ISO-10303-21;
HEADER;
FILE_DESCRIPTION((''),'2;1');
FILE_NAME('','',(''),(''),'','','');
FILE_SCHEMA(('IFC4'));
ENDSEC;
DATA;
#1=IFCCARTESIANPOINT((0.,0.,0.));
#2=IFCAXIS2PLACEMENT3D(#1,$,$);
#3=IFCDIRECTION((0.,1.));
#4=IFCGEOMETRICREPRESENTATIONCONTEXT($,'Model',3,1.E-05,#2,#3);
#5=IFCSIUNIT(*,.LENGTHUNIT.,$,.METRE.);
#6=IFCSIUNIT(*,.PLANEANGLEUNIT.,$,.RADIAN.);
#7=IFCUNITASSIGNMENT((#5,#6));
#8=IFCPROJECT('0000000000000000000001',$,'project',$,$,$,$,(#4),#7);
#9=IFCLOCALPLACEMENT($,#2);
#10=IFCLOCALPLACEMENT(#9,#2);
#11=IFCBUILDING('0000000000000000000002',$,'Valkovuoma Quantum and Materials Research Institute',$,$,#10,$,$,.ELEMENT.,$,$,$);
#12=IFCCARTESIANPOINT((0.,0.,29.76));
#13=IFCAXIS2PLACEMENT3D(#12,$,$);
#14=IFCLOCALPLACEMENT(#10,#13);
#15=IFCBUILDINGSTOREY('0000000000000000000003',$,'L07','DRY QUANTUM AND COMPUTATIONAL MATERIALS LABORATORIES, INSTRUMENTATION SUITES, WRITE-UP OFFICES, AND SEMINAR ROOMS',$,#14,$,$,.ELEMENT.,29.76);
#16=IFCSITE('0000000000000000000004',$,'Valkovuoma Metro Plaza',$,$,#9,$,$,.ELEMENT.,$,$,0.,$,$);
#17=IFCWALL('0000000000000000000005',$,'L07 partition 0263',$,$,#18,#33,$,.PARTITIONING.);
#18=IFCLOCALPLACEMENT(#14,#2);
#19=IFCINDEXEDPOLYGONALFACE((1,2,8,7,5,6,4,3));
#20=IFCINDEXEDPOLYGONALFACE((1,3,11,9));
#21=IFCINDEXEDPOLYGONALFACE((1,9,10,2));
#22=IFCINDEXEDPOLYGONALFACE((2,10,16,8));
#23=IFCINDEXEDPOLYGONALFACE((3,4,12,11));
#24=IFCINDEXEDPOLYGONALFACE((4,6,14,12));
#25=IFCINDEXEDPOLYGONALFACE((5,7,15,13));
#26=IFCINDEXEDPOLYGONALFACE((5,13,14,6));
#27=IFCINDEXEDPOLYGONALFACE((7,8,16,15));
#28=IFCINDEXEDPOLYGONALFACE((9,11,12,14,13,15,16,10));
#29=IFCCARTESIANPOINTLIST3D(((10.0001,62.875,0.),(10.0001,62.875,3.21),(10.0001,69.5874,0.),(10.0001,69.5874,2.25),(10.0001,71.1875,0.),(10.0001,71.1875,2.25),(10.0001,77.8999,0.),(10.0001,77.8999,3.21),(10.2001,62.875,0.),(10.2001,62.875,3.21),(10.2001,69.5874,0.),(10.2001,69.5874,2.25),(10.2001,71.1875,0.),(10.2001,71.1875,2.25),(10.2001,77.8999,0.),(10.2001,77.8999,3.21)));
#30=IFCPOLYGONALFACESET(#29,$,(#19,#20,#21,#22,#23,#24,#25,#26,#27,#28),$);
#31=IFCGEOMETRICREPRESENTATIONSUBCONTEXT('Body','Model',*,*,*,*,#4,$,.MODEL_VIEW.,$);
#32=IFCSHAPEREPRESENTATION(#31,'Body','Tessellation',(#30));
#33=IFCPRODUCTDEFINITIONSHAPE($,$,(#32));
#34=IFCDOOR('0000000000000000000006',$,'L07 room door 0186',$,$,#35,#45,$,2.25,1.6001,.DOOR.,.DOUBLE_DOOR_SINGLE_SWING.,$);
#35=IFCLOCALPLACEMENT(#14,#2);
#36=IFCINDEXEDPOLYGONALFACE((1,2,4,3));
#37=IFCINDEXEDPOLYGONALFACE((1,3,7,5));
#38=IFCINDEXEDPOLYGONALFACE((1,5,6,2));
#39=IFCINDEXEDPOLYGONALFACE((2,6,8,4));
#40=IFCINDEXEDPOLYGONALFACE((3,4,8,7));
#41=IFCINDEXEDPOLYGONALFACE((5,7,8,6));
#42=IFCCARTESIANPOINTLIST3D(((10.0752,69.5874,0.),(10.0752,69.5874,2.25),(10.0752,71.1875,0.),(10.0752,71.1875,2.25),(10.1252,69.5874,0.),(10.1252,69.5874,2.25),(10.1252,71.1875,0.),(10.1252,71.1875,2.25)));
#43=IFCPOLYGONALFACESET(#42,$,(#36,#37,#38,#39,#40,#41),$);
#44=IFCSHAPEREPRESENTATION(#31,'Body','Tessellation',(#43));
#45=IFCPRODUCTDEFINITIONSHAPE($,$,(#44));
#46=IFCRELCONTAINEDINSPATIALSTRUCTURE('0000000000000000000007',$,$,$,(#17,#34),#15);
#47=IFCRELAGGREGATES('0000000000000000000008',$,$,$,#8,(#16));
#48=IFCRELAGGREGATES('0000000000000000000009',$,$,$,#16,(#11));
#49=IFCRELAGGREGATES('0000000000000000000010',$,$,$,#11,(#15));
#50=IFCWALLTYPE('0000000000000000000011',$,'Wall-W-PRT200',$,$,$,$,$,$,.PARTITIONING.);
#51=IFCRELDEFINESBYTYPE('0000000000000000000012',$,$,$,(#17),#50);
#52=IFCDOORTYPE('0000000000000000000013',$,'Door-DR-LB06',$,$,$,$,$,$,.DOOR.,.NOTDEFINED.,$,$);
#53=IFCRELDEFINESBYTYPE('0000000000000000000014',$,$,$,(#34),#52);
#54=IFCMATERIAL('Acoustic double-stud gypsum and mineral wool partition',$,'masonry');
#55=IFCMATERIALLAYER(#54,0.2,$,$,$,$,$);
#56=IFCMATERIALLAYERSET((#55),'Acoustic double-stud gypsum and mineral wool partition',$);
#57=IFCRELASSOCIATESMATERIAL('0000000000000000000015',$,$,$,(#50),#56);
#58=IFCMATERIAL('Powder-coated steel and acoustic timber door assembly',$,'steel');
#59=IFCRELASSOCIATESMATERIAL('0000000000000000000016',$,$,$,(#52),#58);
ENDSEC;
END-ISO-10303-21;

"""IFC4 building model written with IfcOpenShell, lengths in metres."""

from ifc_helpers import new_model, si_unit, direction, frame, frame_2d, origin, place, context, subcontext, project, spatial, rectangle, extrude, material, layer, layer_set, type_object, element, fill, save


model = new_model("IFC4")

# Units and contexts
model_context = context("Model", 3, precision=1e-05, world=origin(), true_north=direction((0.0, 1.0)))
body_context = subcontext(model_context, "Body", "Model", "MODEL_VIEW")
ifc_project = project(units=[si_unit("LENGTHUNIT", "METRE"), si_unit("PLANEANGLEUNIT", "RADIAN")], contexts=[model_context])

# Site, building, storey
site_placement = place(None, origin())
site = spatial("IfcSite", under=ifc_project, at=site_placement, Name="Valkovuoma Metro Plaza", CompositionType="ELEMENT", RefElevation=0.0)
building_placement = place(site_placement, origin())
building = spatial("IfcBuilding", under=site, at=building_placement, Name="Valkovuoma Quantum and Materials Research Institute", CompositionType="ELEMENT")
storey_placement = place(building_placement, frame((0.0, 0.0, 29.76)))
storey = spatial("IfcBuildingStorey", under=building, at=storey_placement, Name="L07", Description="DRY QUANTUM AND COMPUTATIONAL MATERIALS LABORATORIES, INSTRUMENTATION SUITES, WRITE-UP OFFICES, AND SEMINAR ROOMS", CompositionType="ELEMENT", Elevation=29.76)

# Shared definitions
ifc_material_1 = material(Name="Acoustic double-stud gypsum and mineral wool partition", Category="masonry")
ifc_layer_1 = layer(ifc_material_1, 0.2)
ifc_layer_set_1 = layer_set([ifc_layer_1], Name="Acoustic double-stud gypsum and mineral wool partition")
wall_type_1 = type_object("IfcWallType", Name="Wall-W-PRT200", PredefinedType="PARTITIONING", material=ifc_layer_set_1)

# Wall, opening, door
wall_1_placement = place(storey_placement, frame((10.1001, 62.875, 0.0), z_axis=(0.0, 0.0, 1.0), x_axis=(0.0, 1.0, 0.0)))
wall_1 = element("IfcWall", 1, at=wall_1_placement, inside=storey, type_object=wall_type_1, Name="L07 partition 0263", PredefinedType="PARTITIONING", context=body_context, shape_type="SweptSolid", body=[
    extrude(rectangle(XDim=15.0249, YDim=0.2, at=frame_2d((7.5125, 0.0))), origin(), (0.0, 0.0, 1.0), 3.21),
])
opening_1_placement = place(wall_1_placement, frame((6.7124, 0.0, 0.0)))
opening_1 = element("IfcOpeningElement", 2, at=opening_1_placement, cuts=wall_1, PredefinedType="OPENING", context=body_context, shape_type="SweptSolid", body=[
    extrude(rectangle(XDim=1.6001, YDim=2.25, at=frame_2d((0.8, 1.125))), frame((0.0, 0.1099, 0.0), z_axis=(0.0, -1.0, 0.0), x_axis=(1.0, 0.0, 0.0)), (0.0, 0.0, 1.0), 0.22),
])
ifc_material_2 = material(Name="Powder-coated steel and acoustic timber door assembly", Category="steel")
door_type_1 = type_object("IfcDoorType", Name="Door-DR-LB06", OperationType="NOTDEFINED", PredefinedType="DOOR", material=ifc_material_2)
door_1_placement = place(opening_1_placement, origin())
door_1 = element("IfcDoor", 3, at=door_1_placement, inside=storey, type_object=door_type_1, Name="L07 room door 0186", OperationType="DOUBLE_DOOR_SINGLE_SWING", OverallHeight=2.25, OverallWidth=1.6001, PredefinedType="DOOR", context=body_context, shape_type="SweptSolid", body=[
    extrude(rectangle(XDim=1.6001, YDim=2.25, at=frame_2d((0.8, 1.125))), frame((0.0, 0.0249, 0.0), z_axis=(0.0, -1.0, 0.0), x_axis=(1.0, 0.0, 0.0)), (0.0, 0.0, 1.0), 0.05),
])
fill(opening_1, door_1)

save(model, "model.ifc")
